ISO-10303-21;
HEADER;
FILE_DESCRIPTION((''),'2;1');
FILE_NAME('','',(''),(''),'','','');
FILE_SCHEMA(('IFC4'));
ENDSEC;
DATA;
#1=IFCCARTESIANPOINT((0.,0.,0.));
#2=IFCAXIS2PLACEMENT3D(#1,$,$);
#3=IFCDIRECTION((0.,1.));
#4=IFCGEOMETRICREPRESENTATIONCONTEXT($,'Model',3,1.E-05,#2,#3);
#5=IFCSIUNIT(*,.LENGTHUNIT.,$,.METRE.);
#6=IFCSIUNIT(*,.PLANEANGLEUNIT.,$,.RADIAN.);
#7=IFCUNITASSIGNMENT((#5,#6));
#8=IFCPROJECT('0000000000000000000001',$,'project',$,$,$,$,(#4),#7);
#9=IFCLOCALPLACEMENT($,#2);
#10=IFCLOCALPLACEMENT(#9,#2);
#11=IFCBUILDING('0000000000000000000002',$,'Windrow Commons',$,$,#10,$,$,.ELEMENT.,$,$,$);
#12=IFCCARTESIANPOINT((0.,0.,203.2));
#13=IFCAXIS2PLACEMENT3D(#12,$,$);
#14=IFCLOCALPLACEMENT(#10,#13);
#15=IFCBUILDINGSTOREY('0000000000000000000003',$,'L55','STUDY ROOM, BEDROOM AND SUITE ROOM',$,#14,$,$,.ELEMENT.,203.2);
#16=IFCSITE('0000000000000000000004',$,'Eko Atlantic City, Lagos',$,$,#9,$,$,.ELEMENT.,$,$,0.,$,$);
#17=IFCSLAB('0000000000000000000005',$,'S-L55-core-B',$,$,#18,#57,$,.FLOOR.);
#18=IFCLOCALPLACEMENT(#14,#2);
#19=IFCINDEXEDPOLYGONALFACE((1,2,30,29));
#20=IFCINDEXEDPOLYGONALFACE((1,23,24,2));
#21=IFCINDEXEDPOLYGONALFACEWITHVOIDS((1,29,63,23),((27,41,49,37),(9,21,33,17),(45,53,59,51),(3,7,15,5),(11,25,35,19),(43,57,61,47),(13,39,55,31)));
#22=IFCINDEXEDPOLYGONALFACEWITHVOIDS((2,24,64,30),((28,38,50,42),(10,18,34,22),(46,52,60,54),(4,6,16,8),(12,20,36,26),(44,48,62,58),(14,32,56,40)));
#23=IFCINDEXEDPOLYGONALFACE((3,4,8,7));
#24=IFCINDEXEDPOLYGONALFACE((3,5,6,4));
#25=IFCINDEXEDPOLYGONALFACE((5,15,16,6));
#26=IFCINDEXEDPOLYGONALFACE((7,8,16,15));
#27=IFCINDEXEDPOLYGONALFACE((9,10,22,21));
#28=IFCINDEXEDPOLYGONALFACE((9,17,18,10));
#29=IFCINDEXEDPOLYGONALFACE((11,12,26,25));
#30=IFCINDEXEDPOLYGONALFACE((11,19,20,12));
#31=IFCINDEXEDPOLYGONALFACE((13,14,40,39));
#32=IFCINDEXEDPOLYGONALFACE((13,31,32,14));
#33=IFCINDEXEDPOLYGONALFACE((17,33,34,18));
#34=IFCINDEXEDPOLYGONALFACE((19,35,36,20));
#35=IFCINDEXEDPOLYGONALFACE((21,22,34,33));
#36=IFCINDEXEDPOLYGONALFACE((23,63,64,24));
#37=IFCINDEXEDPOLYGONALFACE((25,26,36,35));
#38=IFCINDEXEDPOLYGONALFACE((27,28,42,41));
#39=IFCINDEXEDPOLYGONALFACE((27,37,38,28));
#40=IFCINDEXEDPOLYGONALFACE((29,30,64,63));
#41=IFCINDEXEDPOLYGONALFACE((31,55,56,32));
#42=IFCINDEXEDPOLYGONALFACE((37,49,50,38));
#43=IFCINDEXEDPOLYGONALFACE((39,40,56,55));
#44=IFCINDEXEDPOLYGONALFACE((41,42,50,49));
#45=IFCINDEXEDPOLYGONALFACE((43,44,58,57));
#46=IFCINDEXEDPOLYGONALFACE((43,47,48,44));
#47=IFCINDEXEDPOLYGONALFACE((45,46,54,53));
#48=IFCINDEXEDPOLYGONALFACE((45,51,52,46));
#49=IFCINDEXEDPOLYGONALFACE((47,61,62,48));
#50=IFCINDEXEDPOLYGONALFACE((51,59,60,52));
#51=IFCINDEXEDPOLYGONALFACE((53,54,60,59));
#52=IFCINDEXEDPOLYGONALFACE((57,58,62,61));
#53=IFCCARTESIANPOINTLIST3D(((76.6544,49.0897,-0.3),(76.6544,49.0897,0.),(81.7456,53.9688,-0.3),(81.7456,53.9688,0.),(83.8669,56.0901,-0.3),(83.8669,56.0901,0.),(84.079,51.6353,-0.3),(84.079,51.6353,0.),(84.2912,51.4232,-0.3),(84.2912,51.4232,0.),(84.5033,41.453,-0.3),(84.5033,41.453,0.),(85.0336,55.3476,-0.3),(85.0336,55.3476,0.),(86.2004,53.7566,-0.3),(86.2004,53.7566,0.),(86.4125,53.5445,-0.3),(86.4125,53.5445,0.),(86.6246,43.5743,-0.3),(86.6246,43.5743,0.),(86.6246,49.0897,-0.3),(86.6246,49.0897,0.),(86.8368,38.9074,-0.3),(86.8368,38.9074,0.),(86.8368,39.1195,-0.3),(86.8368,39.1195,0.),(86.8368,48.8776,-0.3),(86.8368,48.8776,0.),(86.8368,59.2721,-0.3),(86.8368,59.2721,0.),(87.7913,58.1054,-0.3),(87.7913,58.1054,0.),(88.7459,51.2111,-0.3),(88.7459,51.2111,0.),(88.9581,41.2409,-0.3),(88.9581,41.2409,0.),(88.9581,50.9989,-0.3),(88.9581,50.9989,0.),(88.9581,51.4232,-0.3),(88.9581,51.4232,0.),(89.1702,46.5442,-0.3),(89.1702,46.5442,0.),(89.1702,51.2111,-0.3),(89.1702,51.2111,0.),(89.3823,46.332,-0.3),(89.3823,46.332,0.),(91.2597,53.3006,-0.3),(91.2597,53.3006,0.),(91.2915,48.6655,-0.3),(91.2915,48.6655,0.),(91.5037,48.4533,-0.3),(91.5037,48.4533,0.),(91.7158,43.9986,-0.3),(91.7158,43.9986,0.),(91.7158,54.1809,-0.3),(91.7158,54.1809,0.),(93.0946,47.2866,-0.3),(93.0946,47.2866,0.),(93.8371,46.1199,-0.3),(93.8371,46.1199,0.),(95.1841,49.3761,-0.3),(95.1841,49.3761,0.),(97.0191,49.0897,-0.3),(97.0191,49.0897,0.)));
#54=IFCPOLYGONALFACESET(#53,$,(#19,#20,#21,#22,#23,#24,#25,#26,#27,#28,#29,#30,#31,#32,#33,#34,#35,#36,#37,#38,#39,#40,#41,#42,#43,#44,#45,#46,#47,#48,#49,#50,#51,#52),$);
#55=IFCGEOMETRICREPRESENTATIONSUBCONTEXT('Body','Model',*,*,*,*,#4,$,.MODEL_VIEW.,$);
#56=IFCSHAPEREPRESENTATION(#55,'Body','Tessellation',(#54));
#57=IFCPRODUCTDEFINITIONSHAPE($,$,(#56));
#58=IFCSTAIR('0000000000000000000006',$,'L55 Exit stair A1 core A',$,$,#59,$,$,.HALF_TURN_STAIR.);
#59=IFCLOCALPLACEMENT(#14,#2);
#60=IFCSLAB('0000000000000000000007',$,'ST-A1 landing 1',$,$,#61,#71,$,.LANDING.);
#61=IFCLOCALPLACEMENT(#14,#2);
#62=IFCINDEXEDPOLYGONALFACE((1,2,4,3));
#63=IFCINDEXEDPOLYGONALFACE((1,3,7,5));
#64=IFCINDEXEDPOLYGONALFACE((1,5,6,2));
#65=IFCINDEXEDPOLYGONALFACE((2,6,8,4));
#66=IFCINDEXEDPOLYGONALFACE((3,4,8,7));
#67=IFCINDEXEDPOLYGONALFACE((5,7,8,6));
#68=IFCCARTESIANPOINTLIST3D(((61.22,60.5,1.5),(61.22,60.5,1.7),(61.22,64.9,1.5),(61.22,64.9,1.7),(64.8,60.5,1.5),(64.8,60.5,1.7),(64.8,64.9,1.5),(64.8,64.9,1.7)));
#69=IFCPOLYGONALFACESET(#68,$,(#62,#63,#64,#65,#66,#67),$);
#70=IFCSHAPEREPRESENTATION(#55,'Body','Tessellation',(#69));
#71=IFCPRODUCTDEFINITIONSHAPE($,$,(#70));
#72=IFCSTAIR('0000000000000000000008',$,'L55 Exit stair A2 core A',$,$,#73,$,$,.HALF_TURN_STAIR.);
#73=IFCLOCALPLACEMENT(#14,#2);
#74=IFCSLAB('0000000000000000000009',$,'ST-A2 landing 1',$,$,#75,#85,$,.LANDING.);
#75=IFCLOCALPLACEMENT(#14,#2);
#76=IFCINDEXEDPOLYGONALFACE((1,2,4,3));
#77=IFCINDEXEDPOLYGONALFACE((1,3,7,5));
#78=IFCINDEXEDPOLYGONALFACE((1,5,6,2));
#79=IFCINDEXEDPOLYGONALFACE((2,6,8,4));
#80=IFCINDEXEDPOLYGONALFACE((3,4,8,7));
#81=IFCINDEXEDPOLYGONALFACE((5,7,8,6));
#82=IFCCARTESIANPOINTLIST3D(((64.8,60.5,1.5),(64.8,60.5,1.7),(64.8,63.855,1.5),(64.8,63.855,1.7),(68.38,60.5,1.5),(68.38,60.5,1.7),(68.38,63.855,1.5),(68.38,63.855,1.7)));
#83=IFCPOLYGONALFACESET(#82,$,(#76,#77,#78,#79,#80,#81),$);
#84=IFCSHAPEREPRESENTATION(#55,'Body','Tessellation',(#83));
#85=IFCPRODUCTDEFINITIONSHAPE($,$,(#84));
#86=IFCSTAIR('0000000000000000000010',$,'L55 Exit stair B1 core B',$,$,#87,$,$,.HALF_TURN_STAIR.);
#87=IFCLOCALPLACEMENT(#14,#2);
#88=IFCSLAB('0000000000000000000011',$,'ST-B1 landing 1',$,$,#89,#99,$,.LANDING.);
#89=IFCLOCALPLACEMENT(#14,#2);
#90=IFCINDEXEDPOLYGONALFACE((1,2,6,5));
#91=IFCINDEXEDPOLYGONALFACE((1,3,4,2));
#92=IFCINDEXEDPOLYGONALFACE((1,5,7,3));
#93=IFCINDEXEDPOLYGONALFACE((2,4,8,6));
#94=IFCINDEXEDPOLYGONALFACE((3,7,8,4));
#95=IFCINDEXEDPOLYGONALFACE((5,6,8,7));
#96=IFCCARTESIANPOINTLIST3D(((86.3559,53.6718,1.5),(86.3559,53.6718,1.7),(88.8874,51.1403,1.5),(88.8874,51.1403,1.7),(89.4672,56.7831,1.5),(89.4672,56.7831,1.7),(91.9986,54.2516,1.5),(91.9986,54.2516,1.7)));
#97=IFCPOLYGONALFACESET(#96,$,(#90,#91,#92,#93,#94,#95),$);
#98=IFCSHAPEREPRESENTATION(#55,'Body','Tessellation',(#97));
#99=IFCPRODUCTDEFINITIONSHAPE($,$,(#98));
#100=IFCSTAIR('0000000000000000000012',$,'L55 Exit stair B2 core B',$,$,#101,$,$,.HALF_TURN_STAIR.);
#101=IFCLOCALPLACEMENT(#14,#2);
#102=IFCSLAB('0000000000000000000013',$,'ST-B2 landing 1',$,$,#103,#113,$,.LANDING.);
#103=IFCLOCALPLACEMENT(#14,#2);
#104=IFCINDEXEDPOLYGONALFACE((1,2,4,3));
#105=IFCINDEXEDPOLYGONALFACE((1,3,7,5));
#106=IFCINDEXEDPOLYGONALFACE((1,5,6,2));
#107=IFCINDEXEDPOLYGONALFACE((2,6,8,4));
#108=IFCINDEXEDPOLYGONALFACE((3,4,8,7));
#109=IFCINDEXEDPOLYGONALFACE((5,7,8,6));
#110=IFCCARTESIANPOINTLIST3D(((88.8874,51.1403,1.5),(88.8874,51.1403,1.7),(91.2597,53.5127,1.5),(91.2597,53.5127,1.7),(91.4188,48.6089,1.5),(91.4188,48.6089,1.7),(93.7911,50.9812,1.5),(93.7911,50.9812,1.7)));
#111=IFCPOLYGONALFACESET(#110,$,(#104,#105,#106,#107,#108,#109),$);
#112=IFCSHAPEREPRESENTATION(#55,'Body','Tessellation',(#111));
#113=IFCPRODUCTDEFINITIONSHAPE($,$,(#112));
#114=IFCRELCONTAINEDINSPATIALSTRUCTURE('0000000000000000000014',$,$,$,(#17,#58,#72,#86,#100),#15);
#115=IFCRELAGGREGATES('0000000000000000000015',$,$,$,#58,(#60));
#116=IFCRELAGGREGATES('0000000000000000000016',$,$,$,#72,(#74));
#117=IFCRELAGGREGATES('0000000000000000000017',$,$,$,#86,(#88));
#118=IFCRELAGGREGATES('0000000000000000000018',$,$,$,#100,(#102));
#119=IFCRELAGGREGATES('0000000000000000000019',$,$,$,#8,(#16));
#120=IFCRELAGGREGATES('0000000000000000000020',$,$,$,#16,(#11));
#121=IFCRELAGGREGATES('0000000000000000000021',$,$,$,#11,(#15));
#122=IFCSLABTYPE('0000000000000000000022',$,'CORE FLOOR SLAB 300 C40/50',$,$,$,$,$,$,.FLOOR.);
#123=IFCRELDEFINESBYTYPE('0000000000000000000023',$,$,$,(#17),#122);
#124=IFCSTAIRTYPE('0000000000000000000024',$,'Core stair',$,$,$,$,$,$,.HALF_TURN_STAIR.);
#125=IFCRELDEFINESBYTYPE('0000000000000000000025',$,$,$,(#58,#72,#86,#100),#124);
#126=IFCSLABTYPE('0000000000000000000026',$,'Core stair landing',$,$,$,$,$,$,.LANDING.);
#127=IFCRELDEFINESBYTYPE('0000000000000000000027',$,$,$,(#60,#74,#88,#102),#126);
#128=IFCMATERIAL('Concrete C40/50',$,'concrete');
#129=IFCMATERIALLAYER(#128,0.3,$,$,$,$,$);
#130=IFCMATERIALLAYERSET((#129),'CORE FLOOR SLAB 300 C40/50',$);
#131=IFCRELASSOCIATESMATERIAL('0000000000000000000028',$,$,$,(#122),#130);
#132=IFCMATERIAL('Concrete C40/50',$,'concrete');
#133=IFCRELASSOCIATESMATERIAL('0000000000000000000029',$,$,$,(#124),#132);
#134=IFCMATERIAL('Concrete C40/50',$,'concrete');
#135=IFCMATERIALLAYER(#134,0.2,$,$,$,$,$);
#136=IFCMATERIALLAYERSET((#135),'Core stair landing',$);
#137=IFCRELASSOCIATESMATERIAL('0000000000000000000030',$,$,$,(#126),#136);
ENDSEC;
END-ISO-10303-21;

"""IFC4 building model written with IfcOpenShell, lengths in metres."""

from ifc_helpers import new_model, si_unit, direction, frame, origin, place, context, subcontext, project, spatial, polyline, outline, extrude, material, layer, layer_set, type_object, element, aggregate, save


model = new_model("IFC4")

# Units and contexts
model_context = context("Model", 3, precision=1e-05, world=origin(), true_north=direction((0.0, 1.0)))
body_context = subcontext(model_context, "Body", "Model", "MODEL_VIEW")
ifc_project = project(units=[si_unit("LENGTHUNIT", "METRE"), si_unit("PLANEANGLEUNIT", "RADIAN")], contexts=[model_context])

# Site, building, storey
site_placement = place(None, origin())
site = spatial("IfcSite", under=ifc_project, at=site_placement, Name="Eko Atlantic City, Lagos", CompositionType="ELEMENT", RefElevation=0.0)
building_placement = place(site_placement, origin())
building = spatial("IfcBuilding", under=site, at=building_placement, Name="Windrow Commons", CompositionType="ELEMENT")
storey_placement = place(building_placement, frame((0.0, 0.0, 203.2)))
storey = spatial("IfcBuildingStorey", under=building, at=storey_placement, Name="L55", Description="STUDY ROOM, BEDROOM AND SUITE ROOM", CompositionType="ELEMENT", Elevation=203.2)

# Slab, openings
ifc_material_1 = material(Name="Concrete C40/50", Category="concrete")
ifc_layer_1 = layer(ifc_material_1, 0.3)
ifc_layer_set_1 = layer_set([ifc_layer_1], Name="CORE FLOOR SLAB 300 C40/50")
slab_type_1 = type_object("IfcSlabType", Name="CORE FLOOR SLAB 300 C40/50", PredefinedType="FLOOR", material=ifc_layer_set_1)
placement_1 = place(storey_placement, frame((0.0, 0.0, -0.3)))
slab_1 = element("IfcSlab", 1, at=placement_1, inside=storey, type_object=slab_type_1, Name="S-L55-core-B", PredefinedType="FLOOR", context=body_context, shape_type="SweptSolid", body=[
    extrude(outline(polyline([(76.6544, 49.0897), (86.8368, 38.9074), (97.0191, 49.0897), (86.8368, 59.2721), (76.6544, 49.0897)]), holes=[polyline([(84.5033, 41.453), (86.8368, 39.1195), (88.9581, 41.2409), (86.6246, 43.5743), (84.5033, 41.453)]), polyline([(81.7456, 53.9688), (84.079, 51.6353), (86.2004, 53.7566), (83.8669, 56.0901), (81.7456, 53.9688)]), polyline([(84.2912, 51.4232), (86.6246, 49.0897), (88.7459, 51.2111), (86.4125, 53.5445), (84.2912, 51.4232)]), polyline([(86.8368, 48.8776), (89.1702, 46.5442), (91.2915, 48.6655), (88.9581, 50.9989), (86.8368, 48.8776)]), polyline([(89.3823, 46.332), (91.7158, 43.9986), (93.8371, 46.1199), (91.5037, 48.4533), (89.3823, 46.332)]), polyline([(85.0336, 55.3476), (88.9581, 51.4232), (91.7158, 54.1809), (87.7913, 58.1054), (85.0336, 55.3476)]), polyline([(89.1702, 51.2111), (93.0946, 47.2866), (95.1841, 49.3761), (91.2597, 53.3006), (89.1702, 51.2111)])]), origin(), (0.0, 0.0, 1.0), 0.3),
])
opening_1_placement = place(placement_1, origin())
element("IfcOpeningElement", 2, at=opening_1_placement, cuts=slab_1, PredefinedType="OPENING", context=body_context, shape_type="SweptSolid", body=[
    extrude(outline(polyline([(84.5104, 41.453), (86.6246, 43.5672), (88.951, 41.2409), (86.8368, 39.1266), (84.5104, 41.453)])), origin(), (0.0, 0.0, 1.0), 0.3),
])
opening_2_placement = place(placement_1, origin())
element("IfcOpeningElement", 3, at=opening_2_placement, cuts=slab_1, PredefinedType="OPENING", context=body_context, shape_type="SweptSolid", body=[
    extrude(outline(polyline([(81.7527, 53.9688), (83.8669, 56.083), (86.1933, 53.7566), (84.079, 51.6424), (81.7527, 53.9688)])), origin(), (0.0, 0.0, 1.0), 0.3),
])
opening_3_placement = place(placement_1, origin())
element("IfcOpeningElement", 4, at=opening_3_placement, cuts=slab_1, PredefinedType="OPENING", context=body_context, shape_type="SweptSolid", body=[
    extrude(outline(polyline([(84.2983, 51.4232), (86.4125, 53.5374), (88.7388, 51.2111), (86.6246, 49.0968), (84.2983, 51.4232)])), origin(), (0.0, 0.0, 1.0), 0.3),
])
opening_4_placement = place(placement_1, origin())
element("IfcOpeningElement", 5, at=opening_4_placement, cuts=slab_1, PredefinedType="OPENING", context=body_context, shape_type="SweptSolid", body=[
    extrude(outline(polyline([(86.8439, 48.8776), (88.9581, 50.9918), (91.2844, 48.6655), (89.1702, 46.5513), (86.8439, 48.8776)])), origin(), (0.0, 0.0, 1.0), 0.3),
])
opening_5_placement = place(placement_1, origin())
element("IfcOpeningElement", 6, at=opening_5_placement, cuts=slab_1, PredefinedType="OPENING", context=body_context, shape_type="SweptSolid", body=[
    extrude(outline(polyline([(89.3894, 46.332), (91.5037, 48.4462), (93.83, 46.1199), (91.7158, 44.0057), (89.3894, 46.332)])), origin(), (0.0, 0.0, 1.0), 0.3),
])
opening_6_placement = place(placement_1, origin())
element("IfcOpeningElement", 7, at=opening_6_placement, cuts=slab_1, PredefinedType="OPENING", context=body_context, shape_type="SweptSolid", body=[
    extrude(outline(polyline([(85.0407, 55.3476), (87.7913, 58.0983), (91.7087, 54.1809), (88.9581, 51.4303), (85.0407, 55.3476)])), origin(), (0.0, 0.0, 1.0), 0.3),
])
opening_7_placement = place(placement_1, origin())
element("IfcOpeningElement", 8, at=opening_7_placement, cuts=slab_1, PredefinedType="OPENING", context=body_context, shape_type="SweptSolid", body=[
    extrude(outline(polyline([(89.1773, 51.2111), (91.2597, 53.2935), (95.177, 49.3761), (93.0946, 47.2937), (89.1773, 51.2111)])), origin(), (0.0, 0.0, 1.0), 0.3),
])

# Stairs, slabs
ifc_material_2 = material(Name="Concrete C40/50", Category="concrete")
stair_type = type_object("IfcStairType", Name="Core stair", PredefinedType="HALF_TURN_STAIR", material=ifc_material_2)
placement_2 = place(storey_placement, origin())
stair_1 = element("IfcStair", 9, at=placement_2, inside=storey, type_object=stair_type, Name="L55 Exit stair A1 core A", PredefinedType="HALF_TURN_STAIR")
ifc_material_3 = material(Name="Concrete C40/50", Category="concrete")
ifc_layer_2 = layer(ifc_material_3, 0.2)
ifc_layer_set_2 = layer_set([ifc_layer_2], Name="Core stair landing")
slab_type_2 = type_object("IfcSlabType", Name="Core stair landing", PredefinedType="LANDING", material=ifc_layer_set_2)
placement_3 = place(storey_placement, frame((0.0, 0.0, 1.5)))
slab_2 = element("IfcSlab", 10, at=placement_3, type_object=slab_type_2, Name="ST-A1 landing 1", PredefinedType="LANDING", context=body_context, shape_type="SweptSolid", body=[
    extrude(outline(polyline([(61.22, 60.5), (64.8, 60.5), (64.8, 64.9), (61.22, 64.9), (61.22, 60.5)])), origin(), (0.0, 0.0, 1.0), 0.2),
])
aggregate(stair_1, [slab_2])
stair_2 = element("IfcStair", 11, at=placement_2, inside=storey, type_object=stair_type, Name="L55 Exit stair A2 core A", PredefinedType="HALF_TURN_STAIR")
slab_3 = element("IfcSlab", 12, at=placement_3, type_object=slab_type_2, Name="ST-A2 landing 1", PredefinedType="LANDING", context=body_context, shape_type="SweptSolid", body=[
    extrude(outline(polyline([(64.8, 60.5), (68.38, 60.5), (68.38, 63.855), (64.8, 63.855), (64.8, 60.5)])), origin(), (0.0, 0.0, 1.0), 0.2),
])
aggregate(stair_2, [slab_3])
stair_3 = element("IfcStair", 13, at=placement_2, inside=storey, type_object=stair_type, Name="L55 Exit stair B1 core B", PredefinedType="HALF_TURN_STAIR")
slab_4 = element("IfcSlab", 14, at=placement_3, type_object=slab_type_2, Name="ST-B1 landing 1", PredefinedType="LANDING", context=body_context, shape_type="SweptSolid", body=[
    extrude(outline(polyline([(86.3559, 53.6718), (88.8874, 51.1403), (91.9986, 54.2516), (89.4672, 56.7831), (86.3559, 53.6718)])), origin(), (0.0, 0.0, 1.0), 0.2),
])
aggregate(stair_3, [slab_4])
stair_4 = element("IfcStair", 15, at=placement_2, inside=storey, type_object=stair_type, Name="L55 Exit stair B2 core B", PredefinedType="HALF_TURN_STAIR")
slab_5 = element("IfcSlab", 16, at=placement_3, type_object=slab_type_2, Name="ST-B2 landing 1", PredefinedType="LANDING", context=body_context, shape_type="SweptSolid", body=[
    extrude(outline(polyline([(88.8874, 51.1403), (91.4188, 48.6089), (93.7911, 50.9812), (91.2597, 53.5127), (88.8874, 51.1403)])), origin(), (0.0, 0.0, 1.0), 0.2),
])
aggregate(stair_4, [slab_5])

save(model, "model.ifc")
